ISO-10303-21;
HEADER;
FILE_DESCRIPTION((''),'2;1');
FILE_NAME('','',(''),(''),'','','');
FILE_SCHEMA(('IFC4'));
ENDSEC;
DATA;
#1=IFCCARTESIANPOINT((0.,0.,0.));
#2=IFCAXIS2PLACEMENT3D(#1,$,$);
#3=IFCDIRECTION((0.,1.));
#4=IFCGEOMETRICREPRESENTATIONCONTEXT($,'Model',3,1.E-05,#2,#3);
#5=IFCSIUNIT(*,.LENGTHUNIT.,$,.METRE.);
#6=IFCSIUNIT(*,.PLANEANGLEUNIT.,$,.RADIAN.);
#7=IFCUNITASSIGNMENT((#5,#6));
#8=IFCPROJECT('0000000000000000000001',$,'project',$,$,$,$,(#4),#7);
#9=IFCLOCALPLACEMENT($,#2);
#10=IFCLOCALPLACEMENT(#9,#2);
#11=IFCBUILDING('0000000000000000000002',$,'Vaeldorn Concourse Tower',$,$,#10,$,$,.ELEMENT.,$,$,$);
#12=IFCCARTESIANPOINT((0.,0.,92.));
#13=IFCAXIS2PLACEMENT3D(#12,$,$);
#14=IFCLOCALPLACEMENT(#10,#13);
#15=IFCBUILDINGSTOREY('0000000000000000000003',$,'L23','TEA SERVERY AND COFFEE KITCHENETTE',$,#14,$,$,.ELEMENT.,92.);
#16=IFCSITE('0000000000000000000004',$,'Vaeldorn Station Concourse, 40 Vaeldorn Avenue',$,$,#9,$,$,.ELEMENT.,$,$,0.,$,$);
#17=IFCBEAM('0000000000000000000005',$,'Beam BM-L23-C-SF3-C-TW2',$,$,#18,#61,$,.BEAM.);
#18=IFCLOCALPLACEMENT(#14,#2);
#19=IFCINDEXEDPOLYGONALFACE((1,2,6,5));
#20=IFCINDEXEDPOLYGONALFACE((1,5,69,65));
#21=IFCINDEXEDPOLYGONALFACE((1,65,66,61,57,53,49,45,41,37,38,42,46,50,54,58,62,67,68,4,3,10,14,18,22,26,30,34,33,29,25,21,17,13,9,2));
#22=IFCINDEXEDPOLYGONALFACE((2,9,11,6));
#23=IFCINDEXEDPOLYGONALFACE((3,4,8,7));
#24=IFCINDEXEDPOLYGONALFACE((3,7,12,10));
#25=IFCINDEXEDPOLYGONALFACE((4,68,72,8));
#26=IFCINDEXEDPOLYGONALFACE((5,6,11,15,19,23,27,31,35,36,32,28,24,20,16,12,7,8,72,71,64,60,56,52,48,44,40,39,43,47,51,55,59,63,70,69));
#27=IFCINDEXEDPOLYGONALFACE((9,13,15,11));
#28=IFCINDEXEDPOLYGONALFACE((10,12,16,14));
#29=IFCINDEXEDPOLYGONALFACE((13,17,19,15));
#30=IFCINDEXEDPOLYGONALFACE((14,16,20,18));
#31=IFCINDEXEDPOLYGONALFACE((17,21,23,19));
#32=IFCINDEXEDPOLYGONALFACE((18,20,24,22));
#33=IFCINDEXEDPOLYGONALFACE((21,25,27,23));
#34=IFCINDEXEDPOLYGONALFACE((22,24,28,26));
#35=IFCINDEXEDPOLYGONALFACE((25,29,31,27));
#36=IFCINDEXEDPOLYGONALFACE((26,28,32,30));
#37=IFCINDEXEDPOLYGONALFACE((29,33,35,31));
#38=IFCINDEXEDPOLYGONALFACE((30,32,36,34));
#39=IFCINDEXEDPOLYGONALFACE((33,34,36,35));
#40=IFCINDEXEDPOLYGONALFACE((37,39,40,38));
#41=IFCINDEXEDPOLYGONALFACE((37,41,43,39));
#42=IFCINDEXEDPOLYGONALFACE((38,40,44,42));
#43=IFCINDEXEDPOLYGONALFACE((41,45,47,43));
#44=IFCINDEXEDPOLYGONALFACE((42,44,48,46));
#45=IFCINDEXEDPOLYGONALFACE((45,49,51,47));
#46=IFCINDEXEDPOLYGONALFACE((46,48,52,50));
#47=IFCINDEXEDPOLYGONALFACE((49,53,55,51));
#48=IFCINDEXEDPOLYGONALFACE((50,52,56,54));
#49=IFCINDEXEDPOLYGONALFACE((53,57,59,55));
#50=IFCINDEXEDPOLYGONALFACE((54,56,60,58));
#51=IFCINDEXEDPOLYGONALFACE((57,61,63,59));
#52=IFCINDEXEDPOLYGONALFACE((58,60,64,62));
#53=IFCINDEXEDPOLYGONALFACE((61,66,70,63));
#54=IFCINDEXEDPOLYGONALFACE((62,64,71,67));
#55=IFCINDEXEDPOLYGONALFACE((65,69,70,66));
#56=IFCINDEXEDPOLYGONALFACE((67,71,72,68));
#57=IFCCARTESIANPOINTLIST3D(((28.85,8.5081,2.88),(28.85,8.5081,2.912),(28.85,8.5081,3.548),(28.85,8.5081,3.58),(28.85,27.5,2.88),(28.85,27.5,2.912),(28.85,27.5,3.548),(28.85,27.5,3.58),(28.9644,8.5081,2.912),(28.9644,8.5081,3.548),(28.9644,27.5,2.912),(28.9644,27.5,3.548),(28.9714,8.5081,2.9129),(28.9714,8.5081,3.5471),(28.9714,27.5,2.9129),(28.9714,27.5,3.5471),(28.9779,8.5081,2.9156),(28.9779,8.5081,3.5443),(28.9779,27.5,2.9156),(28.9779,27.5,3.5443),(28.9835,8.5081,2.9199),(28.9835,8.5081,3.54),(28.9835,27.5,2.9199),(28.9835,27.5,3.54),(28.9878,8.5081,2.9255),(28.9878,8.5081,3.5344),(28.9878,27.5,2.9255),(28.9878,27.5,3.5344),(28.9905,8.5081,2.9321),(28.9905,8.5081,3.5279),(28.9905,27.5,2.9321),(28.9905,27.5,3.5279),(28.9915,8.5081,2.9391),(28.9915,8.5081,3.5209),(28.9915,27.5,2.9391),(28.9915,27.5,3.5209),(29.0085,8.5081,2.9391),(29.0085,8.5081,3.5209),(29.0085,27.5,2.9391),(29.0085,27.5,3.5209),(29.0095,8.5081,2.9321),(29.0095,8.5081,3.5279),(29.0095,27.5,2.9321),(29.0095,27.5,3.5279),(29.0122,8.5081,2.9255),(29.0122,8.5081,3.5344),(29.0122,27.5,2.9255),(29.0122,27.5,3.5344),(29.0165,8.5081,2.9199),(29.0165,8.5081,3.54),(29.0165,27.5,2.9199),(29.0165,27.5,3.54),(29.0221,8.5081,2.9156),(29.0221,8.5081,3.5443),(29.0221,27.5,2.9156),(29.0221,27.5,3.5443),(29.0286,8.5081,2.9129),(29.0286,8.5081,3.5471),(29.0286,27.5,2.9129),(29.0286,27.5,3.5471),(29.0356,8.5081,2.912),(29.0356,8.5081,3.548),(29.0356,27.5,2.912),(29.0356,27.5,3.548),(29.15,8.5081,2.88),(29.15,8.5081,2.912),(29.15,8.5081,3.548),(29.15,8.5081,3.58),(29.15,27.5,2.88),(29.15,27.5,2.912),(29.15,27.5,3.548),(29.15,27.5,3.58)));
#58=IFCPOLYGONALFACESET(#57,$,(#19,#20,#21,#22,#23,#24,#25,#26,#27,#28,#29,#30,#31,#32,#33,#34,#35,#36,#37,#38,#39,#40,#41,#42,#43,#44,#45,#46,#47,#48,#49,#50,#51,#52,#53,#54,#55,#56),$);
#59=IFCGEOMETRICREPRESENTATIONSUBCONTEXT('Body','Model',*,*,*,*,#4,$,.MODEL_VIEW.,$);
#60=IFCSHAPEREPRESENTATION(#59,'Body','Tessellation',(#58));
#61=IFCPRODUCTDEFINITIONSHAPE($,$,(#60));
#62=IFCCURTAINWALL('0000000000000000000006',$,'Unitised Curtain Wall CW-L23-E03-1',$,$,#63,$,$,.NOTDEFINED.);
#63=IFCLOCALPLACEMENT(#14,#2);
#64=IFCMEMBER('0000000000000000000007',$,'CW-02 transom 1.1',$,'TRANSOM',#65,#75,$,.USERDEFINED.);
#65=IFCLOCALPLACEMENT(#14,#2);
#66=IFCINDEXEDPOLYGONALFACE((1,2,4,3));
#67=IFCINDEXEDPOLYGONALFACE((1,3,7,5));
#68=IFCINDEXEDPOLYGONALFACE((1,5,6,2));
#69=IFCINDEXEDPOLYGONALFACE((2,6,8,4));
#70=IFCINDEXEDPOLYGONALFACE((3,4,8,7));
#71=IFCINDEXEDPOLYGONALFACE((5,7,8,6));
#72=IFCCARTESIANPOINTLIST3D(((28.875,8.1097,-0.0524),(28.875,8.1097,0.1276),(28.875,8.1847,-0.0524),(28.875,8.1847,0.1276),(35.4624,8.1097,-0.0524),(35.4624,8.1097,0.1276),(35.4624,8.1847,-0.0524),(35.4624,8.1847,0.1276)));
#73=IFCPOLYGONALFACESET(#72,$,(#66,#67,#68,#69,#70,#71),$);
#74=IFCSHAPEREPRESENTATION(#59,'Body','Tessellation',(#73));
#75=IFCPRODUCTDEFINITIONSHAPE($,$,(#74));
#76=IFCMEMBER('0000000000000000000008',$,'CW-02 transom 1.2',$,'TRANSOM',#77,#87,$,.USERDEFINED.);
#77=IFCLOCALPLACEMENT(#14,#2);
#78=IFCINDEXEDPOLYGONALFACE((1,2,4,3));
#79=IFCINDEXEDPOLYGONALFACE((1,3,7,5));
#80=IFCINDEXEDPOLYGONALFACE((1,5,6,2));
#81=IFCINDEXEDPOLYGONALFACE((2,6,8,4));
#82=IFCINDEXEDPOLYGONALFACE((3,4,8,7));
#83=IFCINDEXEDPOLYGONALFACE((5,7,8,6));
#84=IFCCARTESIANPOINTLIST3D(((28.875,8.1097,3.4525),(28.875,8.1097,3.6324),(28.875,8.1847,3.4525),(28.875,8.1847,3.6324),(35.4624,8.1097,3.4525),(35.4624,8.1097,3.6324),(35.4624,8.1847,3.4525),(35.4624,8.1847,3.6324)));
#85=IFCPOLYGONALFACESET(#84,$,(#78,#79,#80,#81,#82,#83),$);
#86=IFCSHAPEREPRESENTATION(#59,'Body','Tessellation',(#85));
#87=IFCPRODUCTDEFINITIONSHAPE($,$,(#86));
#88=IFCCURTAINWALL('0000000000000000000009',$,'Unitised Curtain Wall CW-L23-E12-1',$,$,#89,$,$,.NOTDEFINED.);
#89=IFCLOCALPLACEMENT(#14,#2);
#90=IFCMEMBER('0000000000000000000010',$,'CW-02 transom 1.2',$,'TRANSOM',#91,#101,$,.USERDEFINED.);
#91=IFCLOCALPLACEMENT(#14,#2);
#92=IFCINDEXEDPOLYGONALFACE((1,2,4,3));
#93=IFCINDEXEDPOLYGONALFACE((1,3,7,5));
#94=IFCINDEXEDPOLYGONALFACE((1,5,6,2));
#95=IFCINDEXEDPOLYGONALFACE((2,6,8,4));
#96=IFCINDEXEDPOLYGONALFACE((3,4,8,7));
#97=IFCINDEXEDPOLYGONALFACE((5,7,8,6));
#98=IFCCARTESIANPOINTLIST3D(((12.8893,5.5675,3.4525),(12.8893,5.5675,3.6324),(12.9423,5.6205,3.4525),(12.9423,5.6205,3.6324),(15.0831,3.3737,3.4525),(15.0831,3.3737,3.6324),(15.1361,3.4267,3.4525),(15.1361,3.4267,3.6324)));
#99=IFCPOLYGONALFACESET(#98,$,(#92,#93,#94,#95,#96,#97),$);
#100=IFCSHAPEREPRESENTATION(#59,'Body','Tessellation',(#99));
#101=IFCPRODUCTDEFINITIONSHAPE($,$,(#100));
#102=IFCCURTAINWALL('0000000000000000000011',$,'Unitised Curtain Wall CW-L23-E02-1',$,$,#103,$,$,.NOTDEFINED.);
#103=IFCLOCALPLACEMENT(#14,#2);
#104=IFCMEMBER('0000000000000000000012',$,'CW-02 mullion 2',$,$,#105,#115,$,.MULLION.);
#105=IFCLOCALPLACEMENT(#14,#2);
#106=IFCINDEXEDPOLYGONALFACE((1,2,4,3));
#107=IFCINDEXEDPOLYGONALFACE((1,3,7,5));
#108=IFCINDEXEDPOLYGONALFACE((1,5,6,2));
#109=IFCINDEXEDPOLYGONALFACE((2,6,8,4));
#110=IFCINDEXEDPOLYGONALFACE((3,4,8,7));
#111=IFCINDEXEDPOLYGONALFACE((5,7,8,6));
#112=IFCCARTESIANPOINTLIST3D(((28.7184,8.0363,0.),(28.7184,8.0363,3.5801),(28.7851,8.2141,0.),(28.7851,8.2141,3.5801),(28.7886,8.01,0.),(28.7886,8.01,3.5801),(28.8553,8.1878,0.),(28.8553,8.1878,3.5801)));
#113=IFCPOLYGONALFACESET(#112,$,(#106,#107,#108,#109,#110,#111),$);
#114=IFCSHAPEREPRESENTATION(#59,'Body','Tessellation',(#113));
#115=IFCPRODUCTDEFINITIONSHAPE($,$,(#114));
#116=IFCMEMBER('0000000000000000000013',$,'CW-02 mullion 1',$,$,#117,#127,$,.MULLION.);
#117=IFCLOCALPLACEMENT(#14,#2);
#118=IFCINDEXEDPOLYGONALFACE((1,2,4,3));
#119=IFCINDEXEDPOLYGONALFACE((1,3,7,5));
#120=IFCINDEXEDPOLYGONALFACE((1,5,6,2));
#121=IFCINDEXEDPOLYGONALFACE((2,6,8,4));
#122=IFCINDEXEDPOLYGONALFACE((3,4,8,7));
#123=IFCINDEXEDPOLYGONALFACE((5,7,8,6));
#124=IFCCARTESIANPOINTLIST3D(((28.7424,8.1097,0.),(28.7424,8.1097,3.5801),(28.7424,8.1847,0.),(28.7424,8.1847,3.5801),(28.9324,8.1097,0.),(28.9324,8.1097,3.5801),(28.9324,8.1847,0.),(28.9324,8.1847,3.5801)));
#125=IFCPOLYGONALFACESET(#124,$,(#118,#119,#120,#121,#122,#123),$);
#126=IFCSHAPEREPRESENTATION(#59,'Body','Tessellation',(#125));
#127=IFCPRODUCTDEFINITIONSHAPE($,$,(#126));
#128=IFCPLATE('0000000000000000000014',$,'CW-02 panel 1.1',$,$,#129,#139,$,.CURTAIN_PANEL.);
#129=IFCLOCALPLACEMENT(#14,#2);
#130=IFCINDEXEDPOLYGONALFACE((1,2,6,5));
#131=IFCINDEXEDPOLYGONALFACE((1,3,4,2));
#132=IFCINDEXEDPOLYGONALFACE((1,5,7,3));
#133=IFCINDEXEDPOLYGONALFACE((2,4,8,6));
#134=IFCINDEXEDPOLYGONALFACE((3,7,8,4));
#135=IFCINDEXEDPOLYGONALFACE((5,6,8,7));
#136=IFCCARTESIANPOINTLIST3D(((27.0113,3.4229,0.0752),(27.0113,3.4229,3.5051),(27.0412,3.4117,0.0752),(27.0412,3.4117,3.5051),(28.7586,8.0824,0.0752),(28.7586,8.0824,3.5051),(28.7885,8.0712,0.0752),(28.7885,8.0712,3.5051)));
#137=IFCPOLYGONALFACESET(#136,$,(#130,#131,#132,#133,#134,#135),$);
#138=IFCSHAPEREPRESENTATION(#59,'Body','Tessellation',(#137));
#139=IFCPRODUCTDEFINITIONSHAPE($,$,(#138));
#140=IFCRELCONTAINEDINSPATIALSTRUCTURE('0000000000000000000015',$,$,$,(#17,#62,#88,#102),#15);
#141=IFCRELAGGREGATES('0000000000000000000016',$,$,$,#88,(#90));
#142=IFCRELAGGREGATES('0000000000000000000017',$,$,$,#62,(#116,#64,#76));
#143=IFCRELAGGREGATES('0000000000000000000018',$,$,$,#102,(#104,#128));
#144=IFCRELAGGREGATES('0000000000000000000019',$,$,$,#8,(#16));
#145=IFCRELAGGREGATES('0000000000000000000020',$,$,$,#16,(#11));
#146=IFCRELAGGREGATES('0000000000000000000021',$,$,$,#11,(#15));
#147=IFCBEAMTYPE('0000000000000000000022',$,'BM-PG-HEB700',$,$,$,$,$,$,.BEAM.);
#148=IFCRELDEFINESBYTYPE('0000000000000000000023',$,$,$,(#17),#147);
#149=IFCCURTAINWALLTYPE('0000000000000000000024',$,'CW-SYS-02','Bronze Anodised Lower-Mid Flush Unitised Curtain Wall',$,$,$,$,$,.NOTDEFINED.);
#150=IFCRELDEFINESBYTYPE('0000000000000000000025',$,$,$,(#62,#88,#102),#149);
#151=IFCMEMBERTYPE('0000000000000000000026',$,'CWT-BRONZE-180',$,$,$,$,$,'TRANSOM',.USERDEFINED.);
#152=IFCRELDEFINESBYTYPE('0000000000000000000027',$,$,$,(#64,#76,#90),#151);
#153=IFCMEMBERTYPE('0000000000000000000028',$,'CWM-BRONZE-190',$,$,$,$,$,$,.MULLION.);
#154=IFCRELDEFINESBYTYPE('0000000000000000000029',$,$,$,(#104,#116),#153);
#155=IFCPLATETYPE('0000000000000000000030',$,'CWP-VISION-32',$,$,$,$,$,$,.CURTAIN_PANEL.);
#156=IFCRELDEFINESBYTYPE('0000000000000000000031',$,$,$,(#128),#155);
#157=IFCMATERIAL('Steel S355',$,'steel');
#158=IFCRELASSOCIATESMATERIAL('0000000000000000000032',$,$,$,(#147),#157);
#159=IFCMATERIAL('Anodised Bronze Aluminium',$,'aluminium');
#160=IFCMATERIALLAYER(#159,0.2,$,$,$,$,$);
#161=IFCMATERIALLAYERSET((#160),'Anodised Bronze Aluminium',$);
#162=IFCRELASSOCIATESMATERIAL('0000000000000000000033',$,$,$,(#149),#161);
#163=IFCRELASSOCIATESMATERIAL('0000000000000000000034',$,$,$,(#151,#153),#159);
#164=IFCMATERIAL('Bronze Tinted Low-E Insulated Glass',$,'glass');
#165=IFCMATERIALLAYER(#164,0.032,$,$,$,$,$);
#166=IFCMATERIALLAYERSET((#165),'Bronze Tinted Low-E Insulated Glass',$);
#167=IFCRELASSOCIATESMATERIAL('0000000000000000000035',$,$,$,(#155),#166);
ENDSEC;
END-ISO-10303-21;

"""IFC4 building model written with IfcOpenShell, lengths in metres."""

from ifc_helpers import new_model, si_unit, direction, frame, origin, origin_2d, place, context, subcontext, project, spatial, rectangle, i_section, extrude, source, transform, mapped, material, layer, layer_set, material_profile, profile_set, type_object, element, aggregate, save


model = new_model("IFC4")

# Units and contexts
model_context = context("Model", 3, precision=1e-05, world=origin(), true_north=direction((0.0, 1.0)))
body_context = subcontext(model_context, "Body", "Model", "MODEL_VIEW")
ifc_project = project(units=[si_unit("LENGTHUNIT", "METRE"), si_unit("PLANEANGLEUNIT", "RADIAN")], contexts=[model_context])

# Site, building, storey
site_placement = place(None, origin())
site = spatial("IfcSite", under=ifc_project, at=site_placement, Name="Vaeldorn Station Concourse, 40 Vaeldorn Avenue", CompositionType="ELEMENT", RefElevation=0.0)
building_placement = place(site_placement, origin())
building = spatial("IfcBuilding", under=site, at=building_placement, Name="Vaeldorn Concourse Tower", CompositionType="ELEMENT")
storey_placement = place(building_placement, frame((0.0, 0.0, 92.0)))
storey = spatial("IfcBuildingStorey", under=building, at=storey_placement, Name="L23", Description="TEA SERVERY AND COFFEE KITCHENETTE", CompositionType="ELEMENT", Elevation=92.0)

# Beam
ifc_material_1 = material(Name="Steel S355", Category="steel")
ifc_material_profile_1 = material_profile(ifc_material_1, i_section(OverallWidth=0.3, OverallDepth=0.7, WebThickness=0.0171, FlangeThickness=0.032, FilletRadius=0.0271, at=origin_2d()), Name="HEB 700")
ifc_profile_set_1 = profile_set([ifc_material_profile_1], Name="Steel S355")
beam_type_1 = type_object("IfcBeamType", Name="BM-PG-HEB700", PredefinedType="BEAM", material=ifc_profile_set_1)
shared_shape_1 = source(origin(), body_context, "Body", "SweptSolid", [
    extrude(i_section(OverallWidth=0.3, OverallDepth=0.7, WebThickness=0.0171, FlangeThickness=0.032, FilletRadius=0.0271, at=origin_2d()), origin(), (0.0, 0.0, 1.0), 18.9919),
])
beam_1_placement = place(storey_placement, frame((29.0, 8.5081, 3.23), z_axis=(0.0, 1.0, 0.0), x_axis=(-1.0, 0.0, 0.0)))
element("IfcBeam", 1, at=beam_1_placement, inside=storey, type_object=beam_type_1, Name="Beam BM-L23-C-SF3-C-TW2", PredefinedType="BEAM", context=body_context, shape_type="MappedRepresentation", body=[
    mapped(shared_shape_1, transform((0.0, 0.0, 0.0), scale=1.0)),
])

# Curtain wall, members
ifc_material_2 = material(Name="Anodised Bronze Aluminium", Category="aluminium")
ifc_layer_1 = layer(ifc_material_2, 0.2)
ifc_layer_set_1 = layer_set([ifc_layer_1], Name="Anodised Bronze Aluminium")
curtain_wall_type = type_object("IfcCurtainWallType", Name="CW-SYS-02", Description="Bronze Anodised Lower-Mid Flush Unitised Curtain Wall", PredefinedType="NOTDEFINED", material=ifc_layer_set_1)
curtain_wall_1_placement = place(storey_placement, origin())
curtain_wall_1 = element("IfcCurtainWall", 2, at=curtain_wall_1_placement, inside=storey, type_object=curtain_wall_type, Name="Unitised Curtain Wall CW-L23-E03-1", PredefinedType="NOTDEFINED")
ifc_material_profile_2 = material_profile(ifc_material_2, rectangle(XDim=0.075, YDim=0.1799, at=origin_2d()), Name="CWT 75x180")
ifc_profile_set_2 = profile_set([ifc_material_profile_2], Name="Anodised Bronze Aluminium")
member_type_1 = type_object("IfcMemberType", Name="CWT-BRONZE-180", ElementType="TRANSOM", PredefinedType="USERDEFINED", material=ifc_profile_set_2)
shared_shape_2 = source(origin(), body_context, "Body", "SweptSolid", [
    extrude(rectangle(XDim=0.075, YDim=0.1799, at=origin_2d()), origin(), (0.0, 0.0, 1.0), 6.5874),
])
member_1_placement = place(storey_placement, frame((28.875, 8.1472, 0.0376), z_axis=(1.0, 0.0, 0.0), x_axis=(0.0, 1.0, 0.0)))
member_1 = element("IfcMember", 3, at=member_1_placement, type_object=member_type_1, Name="CW-02 transom 1.1", ObjectType="TRANSOM", PredefinedType="USERDEFINED", context=body_context, shape_type="MappedRepresentation", body=[
    mapped(shared_shape_2, transform((0.0, 0.0, 0.0), scale=1.0)),
])
member_2_placement = place(storey_placement, frame((28.875, 8.1472, 3.5425), z_axis=(1.0, 0.0, 0.0), x_axis=(0.0, 1.0, 0.0)))
member_2 = element("IfcMember", 4, at=member_2_placement, type_object=member_type_1, Name="CW-02 transom 1.2", ObjectType="TRANSOM", PredefinedType="USERDEFINED", context=body_context, shape_type="MappedRepresentation", body=[
    mapped(shared_shape_2, transform((0.0, 0.0, 0.0), scale=1.0)),
])

# Curtain walls, members
curtain_wall_2_placement = place(storey_placement, origin())
curtain_wall_2 = element("IfcCurtainWall", 5, at=curtain_wall_2_placement, inside=storey, type_object=curtain_wall_type, Name="Unitised Curtain Wall CW-L23-E12-1", PredefinedType="NOTDEFINED")
shared_shape_3 = source(origin(), body_context, "Body", "SweptSolid", [
    extrude(rectangle(XDim=0.075, YDim=0.1799, at=origin_2d()), origin(), (0.0, 0.0, 1.0), 3.1025),
])
member_3_placement = place(storey_placement, frame((12.9158, 5.594, 3.5425), z_axis=(0.707107, -0.707107, 0.0), x_axis=(0.707107, 0.707107, 0.0)))
member_3 = element("IfcMember", 6, at=member_3_placement, type_object=member_type_1, Name="CW-02 transom 1.2", ObjectType="TRANSOM", PredefinedType="USERDEFINED", context=body_context, shape_type="MappedRepresentation", body=[
    mapped(shared_shape_3, transform((0.0, 0.0, 0.0), scale=1.0)),
])
aggregate(curtain_wall_2, [member_3])
curtain_wall_3_placement = place(storey_placement, origin())
curtain_wall_3 = element("IfcCurtainWall", 7, at=curtain_wall_3_placement, inside=storey, type_object=curtain_wall_type, Name="Unitised Curtain Wall CW-L23-E02-1", PredefinedType="NOTDEFINED")
ifc_material_profile_3 = material_profile(ifc_material_2, rectangle(XDim=0.075, YDim=0.1899, at=origin_2d()), Name="CWM 75x190")
ifc_profile_set_3 = profile_set([ifc_material_profile_3], Name="Anodised Bronze Aluminium")
member_type_2 = type_object("IfcMemberType", Name="CWM-BRONZE-190", PredefinedType="MULLION", material=ifc_profile_set_3)
shared_shape_4 = source(origin(), body_context, "Body", "SweptSolid", [
    extrude(rectangle(XDim=0.075, YDim=0.1899, at=origin_2d()), origin(), (0.0, 0.0, 1.0), 3.5801),
])
member_4_placement = place(storey_placement, frame((28.7869, 8.1121, 0.0), z_axis=(0.0, 0.0, 1.0), x_axis=(-0.936329, 0.351123, 0.0)))
member_4 = element("IfcMember", 8, at=member_4_placement, type_object=member_type_2, Name="CW-02 mullion 2", PredefinedType="MULLION", context=body_context, shape_type="MappedRepresentation", body=[
    mapped(shared_shape_4, transform((0.0, 0.0, 0.0), scale=1.0)),
])

# Member
member_5_placement = place(storey_placement, frame((28.8374, 8.1472, 0.0), z_axis=(0.0, 0.0, 1.0), x_axis=(0.0, 1.0, 0.0)))
member_5 = element("IfcMember", 9, at=member_5_placement, type_object=member_type_2, Name="CW-02 mullion 1", PredefinedType="MULLION", context=body_context, shape_type="MappedRepresentation", body=[
    mapped(shared_shape_4, transform((0.0, 0.0, 0.0), scale=1.0)),
])
aggregate(curtain_wall_1, [member_5, member_1, member_2])

# Plate
ifc_material_3 = material(Name="Bronze Tinted Low-E Insulated Glass", Category="glass")
ifc_layer_2 = layer(ifc_material_3, 0.032)
ifc_layer_set_2 = layer_set([ifc_layer_2], Name="Bronze Tinted Low-E Insulated Glass")
plate_type = type_object("IfcPlateType", Name="CWP-VISION-32", PredefinedType="CURTAIN_PANEL", material=ifc_layer_set_2)
shared_shape_5 = source(origin(), body_context, "Body", "SweptSolid", [
    extrude(rectangle(XDim=4.9763, YDim=0.032, at=origin_2d()), origin(), (0.0, 0.0, 1.0), 3.4299),
])
plate_placement = place(storey_placement, frame((27.8999, 5.7471, 0.0752), z_axis=(0.0, 0.0, 1.0), x_axis=(0.351123, 0.936329, 0.0)))
plate = element("IfcPlate", 10, at=plate_placement, type_object=plate_type, Name="CW-02 panel 1.1", PredefinedType="CURTAIN_PANEL", context=body_context, shape_type="MappedRepresentation", body=[
    mapped(shared_shape_5, transform((0.0, 0.0, 0.0), scale=1.0)),
])
aggregate(curtain_wall_3, [member_4, plate])

save(model, "model.ifc")
